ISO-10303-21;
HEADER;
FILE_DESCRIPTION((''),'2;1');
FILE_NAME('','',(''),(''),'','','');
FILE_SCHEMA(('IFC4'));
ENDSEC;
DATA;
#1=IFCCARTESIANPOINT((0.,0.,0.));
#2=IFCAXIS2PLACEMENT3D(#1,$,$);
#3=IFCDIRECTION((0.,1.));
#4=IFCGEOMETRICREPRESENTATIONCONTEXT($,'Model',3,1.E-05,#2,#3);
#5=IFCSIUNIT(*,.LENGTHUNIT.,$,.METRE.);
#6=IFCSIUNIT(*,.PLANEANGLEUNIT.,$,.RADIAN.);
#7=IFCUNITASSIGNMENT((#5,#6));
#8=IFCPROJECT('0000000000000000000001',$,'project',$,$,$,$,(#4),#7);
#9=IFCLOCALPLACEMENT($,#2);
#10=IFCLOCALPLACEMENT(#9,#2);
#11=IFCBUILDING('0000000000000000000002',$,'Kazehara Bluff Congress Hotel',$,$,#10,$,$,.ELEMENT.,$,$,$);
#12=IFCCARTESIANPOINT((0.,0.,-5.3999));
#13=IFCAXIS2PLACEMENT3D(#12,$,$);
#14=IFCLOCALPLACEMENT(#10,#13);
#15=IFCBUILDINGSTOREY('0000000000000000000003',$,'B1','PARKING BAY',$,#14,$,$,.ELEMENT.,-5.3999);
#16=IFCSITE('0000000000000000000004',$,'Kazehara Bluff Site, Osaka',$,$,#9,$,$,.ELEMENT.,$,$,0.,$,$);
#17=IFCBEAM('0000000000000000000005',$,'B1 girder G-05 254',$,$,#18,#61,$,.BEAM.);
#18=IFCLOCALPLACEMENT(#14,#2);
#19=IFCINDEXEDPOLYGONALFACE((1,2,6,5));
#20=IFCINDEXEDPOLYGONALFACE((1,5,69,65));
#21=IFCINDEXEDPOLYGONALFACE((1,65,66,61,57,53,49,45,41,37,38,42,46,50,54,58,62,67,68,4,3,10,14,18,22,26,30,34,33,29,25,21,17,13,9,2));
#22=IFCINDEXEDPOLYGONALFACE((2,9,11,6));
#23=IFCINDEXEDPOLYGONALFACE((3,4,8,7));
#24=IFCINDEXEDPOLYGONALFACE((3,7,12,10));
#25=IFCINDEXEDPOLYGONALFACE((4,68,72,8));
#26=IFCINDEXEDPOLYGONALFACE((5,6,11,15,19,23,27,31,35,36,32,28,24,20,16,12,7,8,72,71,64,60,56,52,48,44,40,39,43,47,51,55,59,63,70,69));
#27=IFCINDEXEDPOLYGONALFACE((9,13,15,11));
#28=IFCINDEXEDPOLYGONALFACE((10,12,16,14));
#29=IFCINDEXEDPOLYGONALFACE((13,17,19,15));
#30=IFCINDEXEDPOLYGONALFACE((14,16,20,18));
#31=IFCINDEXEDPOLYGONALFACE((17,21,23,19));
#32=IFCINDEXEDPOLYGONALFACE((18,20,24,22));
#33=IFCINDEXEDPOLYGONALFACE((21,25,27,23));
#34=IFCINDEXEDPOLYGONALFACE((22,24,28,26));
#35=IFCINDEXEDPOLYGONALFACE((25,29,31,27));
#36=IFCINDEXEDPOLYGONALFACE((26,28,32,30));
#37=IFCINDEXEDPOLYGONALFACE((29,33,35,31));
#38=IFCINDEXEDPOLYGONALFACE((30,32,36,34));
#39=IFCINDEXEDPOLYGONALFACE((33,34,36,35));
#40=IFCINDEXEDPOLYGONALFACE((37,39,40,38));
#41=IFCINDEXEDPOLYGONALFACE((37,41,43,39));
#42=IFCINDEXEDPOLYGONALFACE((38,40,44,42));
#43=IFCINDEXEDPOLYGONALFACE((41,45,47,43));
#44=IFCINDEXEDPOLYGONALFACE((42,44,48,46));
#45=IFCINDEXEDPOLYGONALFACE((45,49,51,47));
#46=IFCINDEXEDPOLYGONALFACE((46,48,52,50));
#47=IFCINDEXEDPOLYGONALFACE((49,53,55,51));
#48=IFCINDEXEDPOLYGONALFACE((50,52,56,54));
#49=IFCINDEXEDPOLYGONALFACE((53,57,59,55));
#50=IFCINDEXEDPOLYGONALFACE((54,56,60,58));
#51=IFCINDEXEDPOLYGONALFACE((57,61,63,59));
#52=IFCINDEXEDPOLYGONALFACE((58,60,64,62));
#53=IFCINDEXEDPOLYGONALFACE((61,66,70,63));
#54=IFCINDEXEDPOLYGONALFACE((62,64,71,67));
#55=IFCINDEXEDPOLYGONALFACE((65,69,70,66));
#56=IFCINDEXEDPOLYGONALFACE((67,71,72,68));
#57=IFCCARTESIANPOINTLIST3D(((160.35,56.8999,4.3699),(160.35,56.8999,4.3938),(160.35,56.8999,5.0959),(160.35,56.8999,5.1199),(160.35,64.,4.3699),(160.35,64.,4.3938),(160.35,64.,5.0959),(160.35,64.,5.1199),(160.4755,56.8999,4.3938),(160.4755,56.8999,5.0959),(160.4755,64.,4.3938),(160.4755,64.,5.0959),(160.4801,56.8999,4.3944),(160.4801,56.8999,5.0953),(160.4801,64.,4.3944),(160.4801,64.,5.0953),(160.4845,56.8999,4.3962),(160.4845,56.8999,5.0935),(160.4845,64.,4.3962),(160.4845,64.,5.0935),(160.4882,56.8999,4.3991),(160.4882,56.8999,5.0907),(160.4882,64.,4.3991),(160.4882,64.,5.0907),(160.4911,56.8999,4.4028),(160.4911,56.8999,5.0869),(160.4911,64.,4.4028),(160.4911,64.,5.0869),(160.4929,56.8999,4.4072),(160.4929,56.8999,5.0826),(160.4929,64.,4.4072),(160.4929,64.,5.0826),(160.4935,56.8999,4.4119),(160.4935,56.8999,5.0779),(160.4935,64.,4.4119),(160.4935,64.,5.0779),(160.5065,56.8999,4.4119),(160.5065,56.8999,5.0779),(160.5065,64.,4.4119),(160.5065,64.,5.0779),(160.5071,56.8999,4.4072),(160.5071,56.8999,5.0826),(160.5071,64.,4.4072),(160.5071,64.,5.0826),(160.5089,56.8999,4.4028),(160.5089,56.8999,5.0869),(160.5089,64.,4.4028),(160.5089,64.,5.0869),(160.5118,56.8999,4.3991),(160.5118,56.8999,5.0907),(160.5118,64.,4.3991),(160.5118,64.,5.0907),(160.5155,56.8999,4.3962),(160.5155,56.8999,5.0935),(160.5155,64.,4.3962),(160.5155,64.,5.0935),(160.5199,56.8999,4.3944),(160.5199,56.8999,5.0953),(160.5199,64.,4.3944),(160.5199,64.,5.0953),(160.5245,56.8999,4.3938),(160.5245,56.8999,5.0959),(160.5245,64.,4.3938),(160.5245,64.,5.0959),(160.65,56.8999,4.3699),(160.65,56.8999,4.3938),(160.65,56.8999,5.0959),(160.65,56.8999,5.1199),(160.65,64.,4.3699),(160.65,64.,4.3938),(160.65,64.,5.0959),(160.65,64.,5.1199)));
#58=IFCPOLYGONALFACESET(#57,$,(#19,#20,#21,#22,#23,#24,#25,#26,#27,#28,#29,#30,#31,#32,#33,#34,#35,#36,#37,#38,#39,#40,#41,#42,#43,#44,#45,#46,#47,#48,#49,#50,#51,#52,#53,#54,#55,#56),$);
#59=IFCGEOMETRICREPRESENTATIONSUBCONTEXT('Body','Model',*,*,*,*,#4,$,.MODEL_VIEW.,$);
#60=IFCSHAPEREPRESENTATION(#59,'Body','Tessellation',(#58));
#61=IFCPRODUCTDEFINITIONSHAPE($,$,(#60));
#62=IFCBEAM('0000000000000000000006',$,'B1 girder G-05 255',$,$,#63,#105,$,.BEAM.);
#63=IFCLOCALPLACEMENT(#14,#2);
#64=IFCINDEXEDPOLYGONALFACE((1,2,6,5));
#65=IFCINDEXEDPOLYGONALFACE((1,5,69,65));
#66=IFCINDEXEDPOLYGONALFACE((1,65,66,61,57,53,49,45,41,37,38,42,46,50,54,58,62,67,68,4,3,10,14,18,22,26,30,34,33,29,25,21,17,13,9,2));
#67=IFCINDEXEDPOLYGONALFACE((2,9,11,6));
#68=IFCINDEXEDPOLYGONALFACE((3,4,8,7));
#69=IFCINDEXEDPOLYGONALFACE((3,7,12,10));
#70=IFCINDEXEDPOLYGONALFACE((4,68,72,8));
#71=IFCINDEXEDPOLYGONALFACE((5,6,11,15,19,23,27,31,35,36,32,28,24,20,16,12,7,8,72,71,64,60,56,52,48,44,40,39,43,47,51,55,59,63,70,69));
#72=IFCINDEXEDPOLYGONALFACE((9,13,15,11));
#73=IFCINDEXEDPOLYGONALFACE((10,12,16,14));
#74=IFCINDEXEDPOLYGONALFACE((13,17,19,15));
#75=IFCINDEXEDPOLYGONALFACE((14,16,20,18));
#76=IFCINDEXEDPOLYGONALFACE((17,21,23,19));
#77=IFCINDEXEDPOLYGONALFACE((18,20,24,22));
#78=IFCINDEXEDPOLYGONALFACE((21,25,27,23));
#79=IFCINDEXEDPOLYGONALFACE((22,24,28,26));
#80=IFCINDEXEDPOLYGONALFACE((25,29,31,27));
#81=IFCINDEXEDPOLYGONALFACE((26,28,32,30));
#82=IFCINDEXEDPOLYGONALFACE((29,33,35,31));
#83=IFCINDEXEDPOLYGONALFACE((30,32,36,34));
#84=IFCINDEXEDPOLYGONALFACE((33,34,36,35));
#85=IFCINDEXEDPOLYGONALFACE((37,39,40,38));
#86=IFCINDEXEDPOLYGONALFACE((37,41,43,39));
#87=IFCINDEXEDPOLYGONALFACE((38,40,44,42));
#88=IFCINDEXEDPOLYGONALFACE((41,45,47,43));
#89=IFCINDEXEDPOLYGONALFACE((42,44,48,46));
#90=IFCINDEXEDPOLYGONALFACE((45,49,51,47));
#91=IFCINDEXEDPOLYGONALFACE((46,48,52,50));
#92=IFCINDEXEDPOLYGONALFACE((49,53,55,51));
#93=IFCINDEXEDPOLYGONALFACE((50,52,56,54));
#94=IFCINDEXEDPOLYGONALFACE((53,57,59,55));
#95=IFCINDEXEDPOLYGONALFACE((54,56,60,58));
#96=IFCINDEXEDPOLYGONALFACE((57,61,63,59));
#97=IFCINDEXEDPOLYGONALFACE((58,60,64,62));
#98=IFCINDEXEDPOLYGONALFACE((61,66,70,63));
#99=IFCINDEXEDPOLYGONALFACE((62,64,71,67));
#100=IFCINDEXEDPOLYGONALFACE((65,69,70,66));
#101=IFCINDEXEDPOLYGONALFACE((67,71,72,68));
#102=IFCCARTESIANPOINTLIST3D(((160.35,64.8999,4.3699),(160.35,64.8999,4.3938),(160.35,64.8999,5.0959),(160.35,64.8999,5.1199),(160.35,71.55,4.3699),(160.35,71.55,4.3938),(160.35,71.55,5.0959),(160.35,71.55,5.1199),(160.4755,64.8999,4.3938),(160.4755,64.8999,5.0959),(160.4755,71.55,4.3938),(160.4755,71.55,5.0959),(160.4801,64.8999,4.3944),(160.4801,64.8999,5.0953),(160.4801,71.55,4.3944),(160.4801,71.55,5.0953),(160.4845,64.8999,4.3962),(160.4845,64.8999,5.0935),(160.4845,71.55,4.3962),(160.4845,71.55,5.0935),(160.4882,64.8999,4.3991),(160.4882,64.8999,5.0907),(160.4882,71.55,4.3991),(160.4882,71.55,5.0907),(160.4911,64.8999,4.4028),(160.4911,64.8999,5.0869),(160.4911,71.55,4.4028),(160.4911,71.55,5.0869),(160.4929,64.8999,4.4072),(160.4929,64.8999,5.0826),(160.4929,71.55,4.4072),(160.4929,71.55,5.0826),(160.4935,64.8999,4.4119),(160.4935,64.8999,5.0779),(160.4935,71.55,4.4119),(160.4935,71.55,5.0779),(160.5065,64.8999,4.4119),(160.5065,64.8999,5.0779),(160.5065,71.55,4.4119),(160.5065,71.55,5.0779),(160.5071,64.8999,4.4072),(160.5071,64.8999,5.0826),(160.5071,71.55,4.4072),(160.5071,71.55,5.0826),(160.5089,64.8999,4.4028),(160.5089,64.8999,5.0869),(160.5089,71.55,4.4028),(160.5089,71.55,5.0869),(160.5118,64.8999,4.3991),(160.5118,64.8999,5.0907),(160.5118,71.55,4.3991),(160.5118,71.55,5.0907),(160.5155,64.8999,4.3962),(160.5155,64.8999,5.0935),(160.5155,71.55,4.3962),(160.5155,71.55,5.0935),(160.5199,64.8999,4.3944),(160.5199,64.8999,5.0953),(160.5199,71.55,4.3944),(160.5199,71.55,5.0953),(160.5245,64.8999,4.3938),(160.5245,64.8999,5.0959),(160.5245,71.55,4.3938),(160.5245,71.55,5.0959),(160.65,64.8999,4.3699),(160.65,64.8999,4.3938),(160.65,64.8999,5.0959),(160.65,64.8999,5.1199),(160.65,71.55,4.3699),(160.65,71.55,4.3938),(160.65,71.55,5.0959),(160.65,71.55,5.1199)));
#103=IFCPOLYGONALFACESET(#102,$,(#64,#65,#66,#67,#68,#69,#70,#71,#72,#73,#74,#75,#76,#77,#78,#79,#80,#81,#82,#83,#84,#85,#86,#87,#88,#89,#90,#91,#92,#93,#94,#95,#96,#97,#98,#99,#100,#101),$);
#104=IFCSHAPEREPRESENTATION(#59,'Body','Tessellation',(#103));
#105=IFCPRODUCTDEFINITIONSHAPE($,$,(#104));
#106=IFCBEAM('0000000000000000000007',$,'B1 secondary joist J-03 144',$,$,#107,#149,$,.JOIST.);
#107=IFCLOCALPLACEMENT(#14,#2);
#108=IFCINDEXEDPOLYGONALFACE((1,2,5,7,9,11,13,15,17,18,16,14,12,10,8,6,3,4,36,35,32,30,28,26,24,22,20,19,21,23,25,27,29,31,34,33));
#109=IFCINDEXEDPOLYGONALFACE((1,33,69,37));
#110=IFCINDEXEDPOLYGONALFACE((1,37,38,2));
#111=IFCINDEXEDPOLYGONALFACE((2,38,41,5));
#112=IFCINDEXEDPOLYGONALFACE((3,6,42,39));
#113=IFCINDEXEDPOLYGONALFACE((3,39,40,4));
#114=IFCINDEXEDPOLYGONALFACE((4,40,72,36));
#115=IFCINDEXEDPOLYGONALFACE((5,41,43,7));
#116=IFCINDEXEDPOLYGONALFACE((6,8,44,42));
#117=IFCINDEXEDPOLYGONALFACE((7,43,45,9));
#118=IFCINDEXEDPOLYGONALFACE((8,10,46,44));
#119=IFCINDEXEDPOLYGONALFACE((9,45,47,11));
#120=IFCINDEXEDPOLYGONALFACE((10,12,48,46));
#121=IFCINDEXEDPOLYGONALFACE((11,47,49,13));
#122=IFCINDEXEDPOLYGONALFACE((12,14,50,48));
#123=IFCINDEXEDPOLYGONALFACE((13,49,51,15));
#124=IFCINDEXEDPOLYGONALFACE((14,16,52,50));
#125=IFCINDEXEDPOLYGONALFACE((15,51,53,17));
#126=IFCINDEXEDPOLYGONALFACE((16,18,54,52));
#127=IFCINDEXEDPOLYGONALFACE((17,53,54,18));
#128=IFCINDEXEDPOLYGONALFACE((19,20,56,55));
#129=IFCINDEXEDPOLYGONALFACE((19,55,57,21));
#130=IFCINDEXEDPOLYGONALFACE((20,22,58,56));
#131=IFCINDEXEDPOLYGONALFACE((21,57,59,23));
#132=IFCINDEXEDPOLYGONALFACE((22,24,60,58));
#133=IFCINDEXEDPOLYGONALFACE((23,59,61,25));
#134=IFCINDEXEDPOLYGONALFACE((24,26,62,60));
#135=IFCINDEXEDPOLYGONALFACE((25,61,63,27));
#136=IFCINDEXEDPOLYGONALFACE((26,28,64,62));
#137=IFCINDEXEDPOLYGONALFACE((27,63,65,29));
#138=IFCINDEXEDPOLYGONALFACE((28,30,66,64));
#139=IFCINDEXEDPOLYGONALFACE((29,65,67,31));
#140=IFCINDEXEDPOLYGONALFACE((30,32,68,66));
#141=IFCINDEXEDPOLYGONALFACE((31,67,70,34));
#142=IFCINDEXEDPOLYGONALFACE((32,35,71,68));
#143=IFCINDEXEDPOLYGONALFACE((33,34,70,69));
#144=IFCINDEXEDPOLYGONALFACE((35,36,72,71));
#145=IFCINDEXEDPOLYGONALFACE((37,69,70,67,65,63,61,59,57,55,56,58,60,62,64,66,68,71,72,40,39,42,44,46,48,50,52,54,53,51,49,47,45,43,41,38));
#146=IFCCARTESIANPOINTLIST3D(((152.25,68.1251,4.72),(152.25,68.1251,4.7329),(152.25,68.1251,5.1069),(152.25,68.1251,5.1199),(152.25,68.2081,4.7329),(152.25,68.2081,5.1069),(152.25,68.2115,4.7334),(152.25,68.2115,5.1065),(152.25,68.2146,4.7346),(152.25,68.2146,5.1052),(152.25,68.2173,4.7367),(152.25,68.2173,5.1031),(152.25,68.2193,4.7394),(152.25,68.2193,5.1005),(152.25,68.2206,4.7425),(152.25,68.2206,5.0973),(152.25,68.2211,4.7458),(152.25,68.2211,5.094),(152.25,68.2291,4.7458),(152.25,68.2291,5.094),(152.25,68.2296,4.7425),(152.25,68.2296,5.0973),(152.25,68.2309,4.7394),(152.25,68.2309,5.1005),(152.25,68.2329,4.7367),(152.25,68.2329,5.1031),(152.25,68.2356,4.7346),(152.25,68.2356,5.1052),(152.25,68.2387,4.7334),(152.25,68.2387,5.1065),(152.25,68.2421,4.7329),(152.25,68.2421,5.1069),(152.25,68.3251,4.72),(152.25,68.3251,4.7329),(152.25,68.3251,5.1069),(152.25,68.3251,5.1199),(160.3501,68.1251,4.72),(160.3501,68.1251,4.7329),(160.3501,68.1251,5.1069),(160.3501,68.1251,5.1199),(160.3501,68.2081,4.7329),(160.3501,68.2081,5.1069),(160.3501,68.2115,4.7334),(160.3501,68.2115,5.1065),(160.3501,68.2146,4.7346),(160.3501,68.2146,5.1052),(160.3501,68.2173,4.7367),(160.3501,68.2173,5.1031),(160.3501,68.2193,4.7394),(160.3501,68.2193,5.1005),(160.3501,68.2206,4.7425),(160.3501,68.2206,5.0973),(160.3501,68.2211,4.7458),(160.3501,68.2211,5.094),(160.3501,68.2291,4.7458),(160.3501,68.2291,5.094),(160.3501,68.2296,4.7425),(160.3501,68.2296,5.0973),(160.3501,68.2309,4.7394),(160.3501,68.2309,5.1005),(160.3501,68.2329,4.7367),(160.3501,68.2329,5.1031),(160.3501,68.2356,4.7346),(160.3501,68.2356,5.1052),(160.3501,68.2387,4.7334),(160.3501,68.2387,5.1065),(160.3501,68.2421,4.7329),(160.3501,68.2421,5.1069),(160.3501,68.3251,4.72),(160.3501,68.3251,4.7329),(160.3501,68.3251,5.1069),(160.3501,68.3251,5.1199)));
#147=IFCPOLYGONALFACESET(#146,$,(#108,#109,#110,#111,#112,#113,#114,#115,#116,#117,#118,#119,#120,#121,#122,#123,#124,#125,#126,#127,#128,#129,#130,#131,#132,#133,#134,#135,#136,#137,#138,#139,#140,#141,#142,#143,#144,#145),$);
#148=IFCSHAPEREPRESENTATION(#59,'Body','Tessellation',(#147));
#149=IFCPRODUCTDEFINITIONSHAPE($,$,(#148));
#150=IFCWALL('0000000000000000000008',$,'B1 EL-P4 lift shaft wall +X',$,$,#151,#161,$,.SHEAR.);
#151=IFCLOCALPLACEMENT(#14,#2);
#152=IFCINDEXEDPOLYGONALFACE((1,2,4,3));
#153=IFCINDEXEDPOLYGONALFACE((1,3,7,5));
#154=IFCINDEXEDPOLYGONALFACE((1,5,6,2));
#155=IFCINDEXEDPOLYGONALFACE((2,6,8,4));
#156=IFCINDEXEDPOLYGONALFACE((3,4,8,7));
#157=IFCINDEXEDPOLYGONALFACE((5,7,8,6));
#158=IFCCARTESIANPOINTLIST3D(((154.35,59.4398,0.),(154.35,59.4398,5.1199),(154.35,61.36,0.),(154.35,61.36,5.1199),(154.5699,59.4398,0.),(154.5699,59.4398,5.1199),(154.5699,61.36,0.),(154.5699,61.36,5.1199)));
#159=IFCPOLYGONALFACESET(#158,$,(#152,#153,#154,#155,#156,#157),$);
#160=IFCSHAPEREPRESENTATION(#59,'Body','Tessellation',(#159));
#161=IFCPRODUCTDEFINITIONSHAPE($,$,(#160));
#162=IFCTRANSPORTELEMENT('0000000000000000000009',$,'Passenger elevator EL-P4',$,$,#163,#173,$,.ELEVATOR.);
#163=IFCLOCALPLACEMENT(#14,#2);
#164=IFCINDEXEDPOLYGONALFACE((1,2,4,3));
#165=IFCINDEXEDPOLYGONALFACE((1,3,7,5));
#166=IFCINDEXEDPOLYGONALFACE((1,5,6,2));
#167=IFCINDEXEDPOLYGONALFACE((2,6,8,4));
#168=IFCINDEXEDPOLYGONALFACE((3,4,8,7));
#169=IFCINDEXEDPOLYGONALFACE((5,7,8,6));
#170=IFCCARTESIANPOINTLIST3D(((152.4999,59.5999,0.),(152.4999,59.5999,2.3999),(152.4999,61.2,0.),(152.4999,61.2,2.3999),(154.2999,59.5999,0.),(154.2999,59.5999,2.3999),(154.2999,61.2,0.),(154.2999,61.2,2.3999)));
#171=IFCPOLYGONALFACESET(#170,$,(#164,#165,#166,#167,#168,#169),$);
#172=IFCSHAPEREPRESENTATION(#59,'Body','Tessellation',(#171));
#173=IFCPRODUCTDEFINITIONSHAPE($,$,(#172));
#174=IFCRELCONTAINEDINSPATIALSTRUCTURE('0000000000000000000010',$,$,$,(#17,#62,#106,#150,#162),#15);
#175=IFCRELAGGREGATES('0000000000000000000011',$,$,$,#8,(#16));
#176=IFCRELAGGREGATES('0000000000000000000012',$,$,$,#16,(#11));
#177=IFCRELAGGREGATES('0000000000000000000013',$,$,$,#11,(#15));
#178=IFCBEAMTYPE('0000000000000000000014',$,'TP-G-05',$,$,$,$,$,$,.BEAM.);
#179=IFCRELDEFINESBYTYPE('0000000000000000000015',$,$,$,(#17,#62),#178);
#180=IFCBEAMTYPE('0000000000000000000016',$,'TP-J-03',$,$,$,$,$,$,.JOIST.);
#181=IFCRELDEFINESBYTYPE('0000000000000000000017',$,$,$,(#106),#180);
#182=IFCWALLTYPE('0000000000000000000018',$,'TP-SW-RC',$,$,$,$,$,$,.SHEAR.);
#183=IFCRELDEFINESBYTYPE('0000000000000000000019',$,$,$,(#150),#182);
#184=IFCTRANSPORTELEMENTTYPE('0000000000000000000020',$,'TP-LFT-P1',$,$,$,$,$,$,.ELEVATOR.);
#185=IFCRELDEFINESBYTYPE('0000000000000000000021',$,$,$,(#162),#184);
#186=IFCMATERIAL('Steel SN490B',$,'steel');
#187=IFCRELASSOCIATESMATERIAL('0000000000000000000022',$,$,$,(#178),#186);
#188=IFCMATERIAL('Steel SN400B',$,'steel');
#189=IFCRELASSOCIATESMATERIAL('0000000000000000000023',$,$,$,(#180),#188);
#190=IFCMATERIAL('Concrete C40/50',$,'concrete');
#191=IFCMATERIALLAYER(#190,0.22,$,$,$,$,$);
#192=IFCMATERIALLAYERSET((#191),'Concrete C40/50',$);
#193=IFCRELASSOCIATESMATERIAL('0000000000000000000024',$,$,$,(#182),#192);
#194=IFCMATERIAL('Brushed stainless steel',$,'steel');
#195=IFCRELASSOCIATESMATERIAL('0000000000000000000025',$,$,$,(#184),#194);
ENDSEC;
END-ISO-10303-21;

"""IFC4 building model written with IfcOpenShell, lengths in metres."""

from ifc_helpers import new_model, si_unit, direction, frame, frame_2d, origin, origin_2d, place, context, subcontext, project, spatial, rectangle, i_section, extrude, material, layer, layer_set, material_profile, profile_set, type_object, element, save


model = new_model("IFC4")

# Units and contexts
model_context = context("Model", 3, precision=1e-05, world=origin(), true_north=direction((0.0, 1.0)))
body_context = subcontext(model_context, "Body", "Model", "MODEL_VIEW")
ifc_project = project(units=[si_unit("LENGTHUNIT", "METRE"), si_unit("PLANEANGLEUNIT", "RADIAN")], contexts=[model_context])

# Site, building, storey
site_placement = place(None, origin())
site = spatial("IfcSite", under=ifc_project, at=site_placement, Name="Kazehara Bluff Site, Osaka", CompositionType="ELEMENT", RefElevation=0.0)
building_placement = place(site_placement, origin())
building = spatial("IfcBuilding", under=site, at=building_placement, Name="Kazehara Bluff Congress Hotel", CompositionType="ELEMENT")
storey_placement = place(building_placement, frame((0.0, 0.0, -5.3999)))
storey = spatial("IfcBuildingStorey", under=building, at=storey_placement, Name="B1", Description="PARKING BAY", CompositionType="ELEMENT", Elevation=-5.3999)

# Beams
ifc_material_1 = material(Name="Steel SN490B", Category="steel")
ifc_material_profile_1 = material_profile(ifc_material_1, i_section(OverallWidth=0.3, OverallDepth=0.75, WebThickness=0.0129, FlangeThickness=0.0239, FilletRadius=0.0181, at=origin_2d()))
ifc_profile_set_1 = profile_set([ifc_material_profile_1], Name="Steel SN490B")
beam_type_1 = type_object("IfcBeamType", Name="TP-G-05", PredefinedType="BEAM", material=ifc_profile_set_1)
beam_1_placement = place(storey_placement, frame((160.5, 56.8999, 4.7449), z_axis=(0.0, 1.0, 0.0), x_axis=(-1.0, 0.0, 0.0)))
element("IfcBeam", 1, at=beam_1_placement, inside=storey, type_object=beam_type_1, Name="B1 girder G-05 254", PredefinedType="BEAM", context=body_context, shape_type="SweptSolid", body=[
    extrude(i_section(OverallWidth=0.3, OverallDepth=0.75, WebThickness=0.0129, FlangeThickness=0.0239, FilletRadius=0.0181, at=origin_2d()), origin(), (0.0, 0.0, 1.0), 7.1001),
])
beam_2_placement = place(storey_placement, frame((160.5, 64.8999, 4.7449), z_axis=(0.0, 1.0, 0.0), x_axis=(-1.0, 0.0, 0.0)))
element("IfcBeam", 2, at=beam_2_placement, inside=storey, type_object=beam_type_1, Name="B1 girder G-05 255", PredefinedType="BEAM", context=body_context, shape_type="SweptSolid", body=[
    extrude(i_section(OverallWidth=0.3, OverallDepth=0.75, WebThickness=0.0129, FlangeThickness=0.0239, FilletRadius=0.0181, at=origin_2d()), origin(), (0.0, 0.0, 1.0), 6.6501),
])
ifc_material_2 = material(Name="Steel SN400B", Category="steel")
ifc_material_profile_2 = material_profile(ifc_material_2, i_section(OverallWidth=0.2, OverallDepth=0.3999, WebThickness=0.0081, FlangeThickness=0.0129, FilletRadius=0.0129, at=origin_2d()))
ifc_profile_set_2 = profile_set([ifc_material_profile_2], Name="Steel SN400B")
beam_type_2 = type_object("IfcBeamType", Name="TP-J-03", PredefinedType="JOIST", material=ifc_profile_set_2)
beam_3_placement = place(storey_placement, frame((152.25, 68.2251, 4.9199), z_axis=(1.0, 0.0, 0.0), x_axis=(0.0, 1.0, 0.0)))
element("IfcBeam", 3, at=beam_3_placement, inside=storey, type_object=beam_type_2, Name="B1 secondary joist J-03 144", PredefinedType="JOIST", context=body_context, shape_type="SweptSolid", body=[
    extrude(i_section(OverallWidth=0.2, OverallDepth=0.3999, WebThickness=0.0081, FlangeThickness=0.0129, FilletRadius=0.0129, at=origin_2d()), origin(), (0.0, 0.0, 1.0), 8.1001),
])

# Wall
ifc_material_3 = material(Name="Concrete C40/50", Category="concrete")
ifc_layer_1 = layer(ifc_material_3, 0.22)
ifc_layer_set_1 = layer_set([ifc_layer_1], Name="Concrete C40/50")
wall_type = type_object("IfcWallType", Name="TP-SW-RC", PredefinedType="SHEAR", material=ifc_layer_set_1)
wall_placement = place(storey_placement, frame((154.46, 59.4399, 0.0), z_axis=(0.0, 0.0, 1.0), x_axis=(0.0, 1.0, 0.0)))
element("IfcWall", 4, at=wall_placement, inside=storey, type_object=wall_type, Name="B1 EL-P4 lift shaft wall +X", PredefinedType="SHEAR", context=body_context, shape_type="SweptSolid", body=[
    extrude(rectangle(XDim=1.9202, YDim=0.22, at=frame_2d((0.96, 0.0))), origin(), (0.0, 0.0, 1.0), 5.1199),
])

# Transport element
ifc_material_4 = material(Name="Brushed stainless steel", Category="steel")
transport_element_type = type_object("IfcTransportElementType", Name="TP-LFT-P1", PredefinedType="ELEVATOR", material=ifc_material_4)
transport_element_placement = place(storey_placement, frame((153.3999, 60.3999, 0.0), z_axis=(0.0, 0.0, 1.0), x_axis=(1.0, 0.0, 0.0)))
element("IfcTransportElement", 5, at=transport_element_placement, inside=storey, type_object=transport_element_type, Name="Passenger elevator EL-P4", PredefinedType="ELEVATOR", context=body_context, shape_type="SweptSolid", body=[
    extrude(rectangle(XDim=1.8, YDim=1.6001, at=origin_2d()), origin(), (0.0, 0.0, 1.0), 2.3999),
])

save(model, "model.ifc")
